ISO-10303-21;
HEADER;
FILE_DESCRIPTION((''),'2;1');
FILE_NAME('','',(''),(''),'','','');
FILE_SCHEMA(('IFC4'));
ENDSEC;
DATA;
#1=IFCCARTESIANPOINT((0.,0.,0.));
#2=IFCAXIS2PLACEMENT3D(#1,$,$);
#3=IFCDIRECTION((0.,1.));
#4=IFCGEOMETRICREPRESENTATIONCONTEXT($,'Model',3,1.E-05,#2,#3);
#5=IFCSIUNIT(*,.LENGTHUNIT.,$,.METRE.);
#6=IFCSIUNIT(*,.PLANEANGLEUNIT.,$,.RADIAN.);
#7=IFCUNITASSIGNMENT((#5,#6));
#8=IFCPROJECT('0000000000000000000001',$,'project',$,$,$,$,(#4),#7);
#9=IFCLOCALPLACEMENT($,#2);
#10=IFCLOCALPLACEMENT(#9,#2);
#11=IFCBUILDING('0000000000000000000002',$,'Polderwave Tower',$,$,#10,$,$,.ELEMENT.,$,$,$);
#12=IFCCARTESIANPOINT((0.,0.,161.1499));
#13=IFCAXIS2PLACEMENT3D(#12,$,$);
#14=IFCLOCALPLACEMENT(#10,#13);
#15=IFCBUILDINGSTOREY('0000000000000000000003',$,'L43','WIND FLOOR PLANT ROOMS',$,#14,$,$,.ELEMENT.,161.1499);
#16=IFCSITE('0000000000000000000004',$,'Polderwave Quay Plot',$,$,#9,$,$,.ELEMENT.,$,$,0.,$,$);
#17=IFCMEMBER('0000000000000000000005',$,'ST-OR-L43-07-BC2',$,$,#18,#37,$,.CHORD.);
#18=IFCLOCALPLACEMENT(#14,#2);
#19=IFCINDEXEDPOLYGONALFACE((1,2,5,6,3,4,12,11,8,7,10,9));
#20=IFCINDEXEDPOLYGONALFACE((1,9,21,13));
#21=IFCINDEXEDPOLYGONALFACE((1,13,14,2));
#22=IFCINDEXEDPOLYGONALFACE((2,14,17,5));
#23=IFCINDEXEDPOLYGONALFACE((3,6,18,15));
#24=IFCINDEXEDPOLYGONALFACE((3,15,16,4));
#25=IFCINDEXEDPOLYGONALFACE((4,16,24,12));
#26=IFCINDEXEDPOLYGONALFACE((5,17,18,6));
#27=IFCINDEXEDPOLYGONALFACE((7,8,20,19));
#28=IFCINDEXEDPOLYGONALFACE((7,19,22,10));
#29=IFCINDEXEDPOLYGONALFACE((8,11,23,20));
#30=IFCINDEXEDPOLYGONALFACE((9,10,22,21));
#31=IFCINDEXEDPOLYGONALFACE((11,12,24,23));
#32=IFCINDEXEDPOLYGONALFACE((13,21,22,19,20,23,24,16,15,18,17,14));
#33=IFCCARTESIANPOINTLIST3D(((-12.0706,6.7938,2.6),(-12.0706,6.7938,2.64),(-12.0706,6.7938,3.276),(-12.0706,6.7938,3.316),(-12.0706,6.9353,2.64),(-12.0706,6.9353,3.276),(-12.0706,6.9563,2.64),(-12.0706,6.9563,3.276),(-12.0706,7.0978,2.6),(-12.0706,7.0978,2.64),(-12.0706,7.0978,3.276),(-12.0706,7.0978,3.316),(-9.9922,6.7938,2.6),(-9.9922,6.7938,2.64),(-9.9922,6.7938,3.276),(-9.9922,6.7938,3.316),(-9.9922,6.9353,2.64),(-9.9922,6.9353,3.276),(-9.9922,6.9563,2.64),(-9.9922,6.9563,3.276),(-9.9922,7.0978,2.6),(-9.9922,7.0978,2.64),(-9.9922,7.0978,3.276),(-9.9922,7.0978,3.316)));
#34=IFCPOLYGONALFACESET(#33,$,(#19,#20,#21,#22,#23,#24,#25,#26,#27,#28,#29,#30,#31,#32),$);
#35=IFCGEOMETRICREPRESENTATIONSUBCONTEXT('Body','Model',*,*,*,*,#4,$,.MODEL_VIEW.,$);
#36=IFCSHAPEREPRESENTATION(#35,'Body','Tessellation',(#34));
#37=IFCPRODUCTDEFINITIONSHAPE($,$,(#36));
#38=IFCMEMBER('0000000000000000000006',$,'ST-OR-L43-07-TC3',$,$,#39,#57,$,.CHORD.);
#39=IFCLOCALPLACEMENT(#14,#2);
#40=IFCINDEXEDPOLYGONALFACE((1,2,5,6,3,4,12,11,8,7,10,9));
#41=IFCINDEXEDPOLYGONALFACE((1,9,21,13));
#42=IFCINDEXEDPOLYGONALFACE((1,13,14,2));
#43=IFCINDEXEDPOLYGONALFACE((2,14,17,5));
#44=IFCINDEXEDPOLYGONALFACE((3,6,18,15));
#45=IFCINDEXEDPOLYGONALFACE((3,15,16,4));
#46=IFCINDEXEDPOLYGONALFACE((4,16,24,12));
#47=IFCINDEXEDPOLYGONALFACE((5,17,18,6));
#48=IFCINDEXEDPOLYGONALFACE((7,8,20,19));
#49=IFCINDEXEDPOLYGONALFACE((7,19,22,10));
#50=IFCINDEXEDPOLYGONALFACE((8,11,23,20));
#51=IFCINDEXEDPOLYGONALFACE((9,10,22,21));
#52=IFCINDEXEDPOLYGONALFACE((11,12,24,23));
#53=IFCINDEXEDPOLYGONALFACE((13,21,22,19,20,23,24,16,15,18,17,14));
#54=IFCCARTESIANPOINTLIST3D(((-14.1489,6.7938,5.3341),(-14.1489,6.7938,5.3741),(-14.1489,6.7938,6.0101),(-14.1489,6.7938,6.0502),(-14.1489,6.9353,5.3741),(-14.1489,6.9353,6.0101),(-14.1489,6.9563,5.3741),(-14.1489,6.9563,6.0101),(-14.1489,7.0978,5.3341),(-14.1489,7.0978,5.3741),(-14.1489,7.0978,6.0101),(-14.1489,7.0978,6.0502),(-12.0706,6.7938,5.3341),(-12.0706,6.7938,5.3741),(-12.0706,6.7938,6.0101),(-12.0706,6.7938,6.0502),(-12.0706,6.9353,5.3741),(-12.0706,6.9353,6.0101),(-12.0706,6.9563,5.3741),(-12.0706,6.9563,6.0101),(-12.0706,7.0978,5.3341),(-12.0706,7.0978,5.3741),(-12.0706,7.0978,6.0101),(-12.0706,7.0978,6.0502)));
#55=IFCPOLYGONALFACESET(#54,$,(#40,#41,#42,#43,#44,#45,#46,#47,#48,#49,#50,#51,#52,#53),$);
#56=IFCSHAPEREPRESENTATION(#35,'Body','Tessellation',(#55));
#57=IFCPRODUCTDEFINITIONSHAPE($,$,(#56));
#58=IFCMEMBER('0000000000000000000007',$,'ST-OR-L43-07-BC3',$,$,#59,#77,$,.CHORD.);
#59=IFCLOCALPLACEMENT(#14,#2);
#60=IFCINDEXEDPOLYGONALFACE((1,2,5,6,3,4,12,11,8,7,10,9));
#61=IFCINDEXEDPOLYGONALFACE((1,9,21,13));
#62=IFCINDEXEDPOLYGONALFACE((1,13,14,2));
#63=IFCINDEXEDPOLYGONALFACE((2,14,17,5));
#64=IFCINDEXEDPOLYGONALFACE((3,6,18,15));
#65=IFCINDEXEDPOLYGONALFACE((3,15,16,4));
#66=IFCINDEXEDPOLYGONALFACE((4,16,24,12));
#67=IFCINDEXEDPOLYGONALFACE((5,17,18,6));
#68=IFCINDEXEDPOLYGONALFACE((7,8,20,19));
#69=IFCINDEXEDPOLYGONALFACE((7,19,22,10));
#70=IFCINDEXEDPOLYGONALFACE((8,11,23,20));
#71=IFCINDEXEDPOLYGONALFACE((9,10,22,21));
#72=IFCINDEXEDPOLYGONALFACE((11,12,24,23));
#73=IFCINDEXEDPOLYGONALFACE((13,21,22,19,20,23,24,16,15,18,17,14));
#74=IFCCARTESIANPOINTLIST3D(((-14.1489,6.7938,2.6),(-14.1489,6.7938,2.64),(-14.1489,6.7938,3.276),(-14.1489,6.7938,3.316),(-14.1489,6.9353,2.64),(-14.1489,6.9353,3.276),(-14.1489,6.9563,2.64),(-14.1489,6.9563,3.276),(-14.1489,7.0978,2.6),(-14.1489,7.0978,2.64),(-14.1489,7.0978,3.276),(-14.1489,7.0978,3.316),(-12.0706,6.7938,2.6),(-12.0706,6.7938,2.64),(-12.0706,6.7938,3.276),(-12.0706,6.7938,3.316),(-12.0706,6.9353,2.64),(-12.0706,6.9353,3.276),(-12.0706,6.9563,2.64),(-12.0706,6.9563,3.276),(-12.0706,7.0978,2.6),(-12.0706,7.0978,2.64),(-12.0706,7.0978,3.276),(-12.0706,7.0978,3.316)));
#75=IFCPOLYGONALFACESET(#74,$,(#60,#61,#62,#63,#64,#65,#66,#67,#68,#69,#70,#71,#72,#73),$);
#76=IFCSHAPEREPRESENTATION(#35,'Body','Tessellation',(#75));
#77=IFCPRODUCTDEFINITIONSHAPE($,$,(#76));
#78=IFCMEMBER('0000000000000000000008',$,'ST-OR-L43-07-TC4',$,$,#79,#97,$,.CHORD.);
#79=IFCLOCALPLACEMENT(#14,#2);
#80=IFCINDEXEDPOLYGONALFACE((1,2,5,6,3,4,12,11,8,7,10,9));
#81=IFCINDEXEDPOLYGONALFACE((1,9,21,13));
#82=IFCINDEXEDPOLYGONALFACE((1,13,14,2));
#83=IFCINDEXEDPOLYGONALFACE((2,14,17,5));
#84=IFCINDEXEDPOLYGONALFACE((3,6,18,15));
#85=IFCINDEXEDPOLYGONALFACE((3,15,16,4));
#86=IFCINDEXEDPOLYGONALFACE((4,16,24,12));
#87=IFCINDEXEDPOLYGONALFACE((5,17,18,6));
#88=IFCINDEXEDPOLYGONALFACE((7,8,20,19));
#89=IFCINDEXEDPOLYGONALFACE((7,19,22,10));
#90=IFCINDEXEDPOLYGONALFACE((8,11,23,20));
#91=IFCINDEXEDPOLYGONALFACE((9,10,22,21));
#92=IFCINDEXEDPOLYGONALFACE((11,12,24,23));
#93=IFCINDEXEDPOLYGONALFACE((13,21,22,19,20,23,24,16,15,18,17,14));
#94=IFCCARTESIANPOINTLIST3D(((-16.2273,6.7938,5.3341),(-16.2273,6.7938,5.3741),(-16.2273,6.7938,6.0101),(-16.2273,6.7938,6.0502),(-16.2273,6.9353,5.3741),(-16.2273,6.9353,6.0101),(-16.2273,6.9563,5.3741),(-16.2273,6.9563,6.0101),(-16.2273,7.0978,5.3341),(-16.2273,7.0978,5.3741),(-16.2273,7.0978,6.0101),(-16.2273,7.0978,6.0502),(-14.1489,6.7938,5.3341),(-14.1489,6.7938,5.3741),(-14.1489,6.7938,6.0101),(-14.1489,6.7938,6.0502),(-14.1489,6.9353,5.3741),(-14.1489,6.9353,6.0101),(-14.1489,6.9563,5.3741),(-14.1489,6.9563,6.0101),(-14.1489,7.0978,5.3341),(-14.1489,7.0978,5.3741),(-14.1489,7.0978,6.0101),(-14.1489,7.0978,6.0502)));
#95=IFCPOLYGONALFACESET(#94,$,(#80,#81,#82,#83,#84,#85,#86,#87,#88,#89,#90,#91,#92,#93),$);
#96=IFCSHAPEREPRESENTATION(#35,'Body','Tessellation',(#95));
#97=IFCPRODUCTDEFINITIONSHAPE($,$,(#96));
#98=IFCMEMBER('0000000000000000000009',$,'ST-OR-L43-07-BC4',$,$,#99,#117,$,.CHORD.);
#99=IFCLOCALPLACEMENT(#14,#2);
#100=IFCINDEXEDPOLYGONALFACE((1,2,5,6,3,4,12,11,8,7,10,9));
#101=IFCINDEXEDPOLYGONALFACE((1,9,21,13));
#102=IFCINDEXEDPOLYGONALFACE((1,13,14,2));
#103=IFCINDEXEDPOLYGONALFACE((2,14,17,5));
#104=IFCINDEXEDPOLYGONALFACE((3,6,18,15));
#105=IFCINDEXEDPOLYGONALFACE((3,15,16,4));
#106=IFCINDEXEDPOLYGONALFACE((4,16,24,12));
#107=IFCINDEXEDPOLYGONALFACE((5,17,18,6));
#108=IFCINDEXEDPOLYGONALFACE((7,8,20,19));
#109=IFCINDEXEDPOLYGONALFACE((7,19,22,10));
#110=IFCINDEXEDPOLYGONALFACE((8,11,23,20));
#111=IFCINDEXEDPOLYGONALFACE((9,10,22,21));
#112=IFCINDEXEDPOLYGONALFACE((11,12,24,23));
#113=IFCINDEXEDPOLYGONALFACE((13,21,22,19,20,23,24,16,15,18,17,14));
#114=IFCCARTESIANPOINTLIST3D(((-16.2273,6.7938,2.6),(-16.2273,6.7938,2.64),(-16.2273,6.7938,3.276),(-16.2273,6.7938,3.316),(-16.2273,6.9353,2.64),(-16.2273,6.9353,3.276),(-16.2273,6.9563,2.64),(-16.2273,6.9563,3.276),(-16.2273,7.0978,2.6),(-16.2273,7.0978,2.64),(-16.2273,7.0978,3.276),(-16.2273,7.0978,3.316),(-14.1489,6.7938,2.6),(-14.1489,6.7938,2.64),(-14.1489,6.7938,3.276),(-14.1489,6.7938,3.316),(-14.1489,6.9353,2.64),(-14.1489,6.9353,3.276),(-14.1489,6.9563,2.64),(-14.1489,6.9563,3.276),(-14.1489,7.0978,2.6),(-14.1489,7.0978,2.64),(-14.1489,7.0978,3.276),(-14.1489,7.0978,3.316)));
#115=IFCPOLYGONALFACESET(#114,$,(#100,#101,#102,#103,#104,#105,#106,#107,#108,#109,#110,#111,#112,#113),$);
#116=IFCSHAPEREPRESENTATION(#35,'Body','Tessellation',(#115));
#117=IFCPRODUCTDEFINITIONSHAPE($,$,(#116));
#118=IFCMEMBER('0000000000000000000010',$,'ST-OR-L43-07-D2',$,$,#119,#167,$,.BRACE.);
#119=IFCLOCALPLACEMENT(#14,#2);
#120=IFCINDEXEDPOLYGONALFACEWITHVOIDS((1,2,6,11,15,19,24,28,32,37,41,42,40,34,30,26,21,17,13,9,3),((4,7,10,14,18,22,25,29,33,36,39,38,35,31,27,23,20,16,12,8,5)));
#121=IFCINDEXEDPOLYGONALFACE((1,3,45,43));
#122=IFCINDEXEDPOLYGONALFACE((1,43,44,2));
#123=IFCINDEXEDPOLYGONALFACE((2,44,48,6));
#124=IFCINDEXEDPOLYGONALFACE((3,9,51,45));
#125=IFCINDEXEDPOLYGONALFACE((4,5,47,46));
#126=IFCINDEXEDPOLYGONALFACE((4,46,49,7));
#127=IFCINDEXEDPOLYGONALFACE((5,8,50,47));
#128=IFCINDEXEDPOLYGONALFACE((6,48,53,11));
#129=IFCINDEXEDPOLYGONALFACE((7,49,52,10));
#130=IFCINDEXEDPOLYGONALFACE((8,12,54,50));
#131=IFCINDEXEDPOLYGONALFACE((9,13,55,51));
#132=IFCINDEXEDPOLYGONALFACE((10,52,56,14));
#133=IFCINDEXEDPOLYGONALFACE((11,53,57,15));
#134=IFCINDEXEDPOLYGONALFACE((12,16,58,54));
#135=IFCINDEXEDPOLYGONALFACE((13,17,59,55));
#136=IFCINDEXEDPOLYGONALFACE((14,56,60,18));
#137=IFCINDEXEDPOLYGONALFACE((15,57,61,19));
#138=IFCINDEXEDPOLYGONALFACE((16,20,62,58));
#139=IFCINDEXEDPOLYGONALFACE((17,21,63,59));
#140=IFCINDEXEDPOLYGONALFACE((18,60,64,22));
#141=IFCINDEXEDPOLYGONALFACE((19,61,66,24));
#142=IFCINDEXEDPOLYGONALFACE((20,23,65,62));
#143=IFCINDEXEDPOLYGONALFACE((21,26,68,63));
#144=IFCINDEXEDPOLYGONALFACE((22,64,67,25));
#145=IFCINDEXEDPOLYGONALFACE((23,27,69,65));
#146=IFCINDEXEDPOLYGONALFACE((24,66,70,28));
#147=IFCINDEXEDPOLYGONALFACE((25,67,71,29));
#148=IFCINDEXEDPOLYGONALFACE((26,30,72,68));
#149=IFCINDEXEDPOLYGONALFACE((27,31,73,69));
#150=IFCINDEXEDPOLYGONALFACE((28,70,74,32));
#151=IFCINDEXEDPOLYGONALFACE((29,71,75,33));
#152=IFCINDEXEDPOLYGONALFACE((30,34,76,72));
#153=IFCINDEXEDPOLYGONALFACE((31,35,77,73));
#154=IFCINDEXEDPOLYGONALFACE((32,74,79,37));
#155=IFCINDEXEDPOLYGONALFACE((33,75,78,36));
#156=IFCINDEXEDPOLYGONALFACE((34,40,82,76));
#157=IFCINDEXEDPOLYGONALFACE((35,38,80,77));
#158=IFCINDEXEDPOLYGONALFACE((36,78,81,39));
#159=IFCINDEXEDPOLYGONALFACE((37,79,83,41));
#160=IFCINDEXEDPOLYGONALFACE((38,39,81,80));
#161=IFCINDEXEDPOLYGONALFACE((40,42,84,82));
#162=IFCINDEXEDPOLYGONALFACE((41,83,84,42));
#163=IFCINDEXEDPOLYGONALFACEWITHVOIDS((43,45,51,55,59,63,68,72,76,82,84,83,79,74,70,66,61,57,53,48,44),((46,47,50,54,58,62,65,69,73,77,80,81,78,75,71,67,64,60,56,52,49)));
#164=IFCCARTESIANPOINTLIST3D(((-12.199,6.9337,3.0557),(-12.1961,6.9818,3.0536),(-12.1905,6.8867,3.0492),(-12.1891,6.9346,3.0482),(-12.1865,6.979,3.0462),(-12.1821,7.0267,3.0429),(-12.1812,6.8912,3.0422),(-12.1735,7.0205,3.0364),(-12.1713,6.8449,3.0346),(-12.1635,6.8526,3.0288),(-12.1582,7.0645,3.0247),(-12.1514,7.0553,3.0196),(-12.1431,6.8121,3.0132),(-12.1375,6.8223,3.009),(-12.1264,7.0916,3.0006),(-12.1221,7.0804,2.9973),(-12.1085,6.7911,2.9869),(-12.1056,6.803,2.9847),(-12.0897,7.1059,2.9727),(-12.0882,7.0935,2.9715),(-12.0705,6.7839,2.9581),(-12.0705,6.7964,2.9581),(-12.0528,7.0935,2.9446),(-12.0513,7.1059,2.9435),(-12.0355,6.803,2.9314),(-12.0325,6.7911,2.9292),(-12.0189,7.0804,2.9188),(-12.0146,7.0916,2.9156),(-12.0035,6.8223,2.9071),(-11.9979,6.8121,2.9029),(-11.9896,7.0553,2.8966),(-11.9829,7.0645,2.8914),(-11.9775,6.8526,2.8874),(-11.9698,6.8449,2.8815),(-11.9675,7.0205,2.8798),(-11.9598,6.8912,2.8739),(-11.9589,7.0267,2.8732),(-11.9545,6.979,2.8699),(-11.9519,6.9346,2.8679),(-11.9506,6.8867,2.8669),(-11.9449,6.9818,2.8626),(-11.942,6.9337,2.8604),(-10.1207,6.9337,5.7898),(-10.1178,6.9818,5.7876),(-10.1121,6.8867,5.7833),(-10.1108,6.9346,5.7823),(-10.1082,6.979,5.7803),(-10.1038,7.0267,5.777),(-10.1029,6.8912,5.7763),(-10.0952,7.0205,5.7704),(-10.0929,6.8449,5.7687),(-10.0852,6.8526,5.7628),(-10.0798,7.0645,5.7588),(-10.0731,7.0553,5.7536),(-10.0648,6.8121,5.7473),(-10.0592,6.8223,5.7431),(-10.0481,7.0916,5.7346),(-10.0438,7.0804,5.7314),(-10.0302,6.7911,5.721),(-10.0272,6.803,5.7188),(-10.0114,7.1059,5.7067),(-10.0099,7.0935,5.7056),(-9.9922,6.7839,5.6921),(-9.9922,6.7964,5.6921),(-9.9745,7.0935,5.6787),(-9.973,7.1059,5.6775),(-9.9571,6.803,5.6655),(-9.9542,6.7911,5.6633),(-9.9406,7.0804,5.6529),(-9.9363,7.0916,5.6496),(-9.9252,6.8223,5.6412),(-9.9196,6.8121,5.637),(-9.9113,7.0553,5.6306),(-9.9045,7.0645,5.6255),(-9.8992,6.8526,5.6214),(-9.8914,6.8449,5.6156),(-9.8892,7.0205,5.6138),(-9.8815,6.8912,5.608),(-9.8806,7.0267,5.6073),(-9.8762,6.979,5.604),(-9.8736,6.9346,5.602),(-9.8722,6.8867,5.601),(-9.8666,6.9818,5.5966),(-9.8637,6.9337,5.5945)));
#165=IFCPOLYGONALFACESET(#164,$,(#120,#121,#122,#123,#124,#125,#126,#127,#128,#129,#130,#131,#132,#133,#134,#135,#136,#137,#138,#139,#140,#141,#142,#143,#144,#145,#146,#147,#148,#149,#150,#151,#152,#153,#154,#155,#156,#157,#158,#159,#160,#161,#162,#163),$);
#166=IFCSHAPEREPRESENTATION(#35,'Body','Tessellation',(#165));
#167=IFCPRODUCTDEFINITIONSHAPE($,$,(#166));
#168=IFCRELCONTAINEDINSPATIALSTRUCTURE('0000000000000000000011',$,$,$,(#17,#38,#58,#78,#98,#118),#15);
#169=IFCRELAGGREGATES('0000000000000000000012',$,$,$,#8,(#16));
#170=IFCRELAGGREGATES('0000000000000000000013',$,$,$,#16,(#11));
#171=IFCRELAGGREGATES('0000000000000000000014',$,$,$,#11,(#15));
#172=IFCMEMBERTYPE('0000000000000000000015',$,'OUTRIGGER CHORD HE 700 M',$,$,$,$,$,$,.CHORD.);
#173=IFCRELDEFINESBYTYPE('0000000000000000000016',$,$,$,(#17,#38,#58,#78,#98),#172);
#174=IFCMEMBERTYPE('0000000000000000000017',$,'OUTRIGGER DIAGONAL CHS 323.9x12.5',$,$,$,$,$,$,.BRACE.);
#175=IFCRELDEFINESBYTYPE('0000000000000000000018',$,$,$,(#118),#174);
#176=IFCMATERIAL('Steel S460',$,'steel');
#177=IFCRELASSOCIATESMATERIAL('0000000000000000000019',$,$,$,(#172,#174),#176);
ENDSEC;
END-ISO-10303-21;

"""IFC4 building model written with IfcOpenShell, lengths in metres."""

from ifc_helpers import new_model, si_unit, direction, frame, origin, origin_2d, place, context, subcontext, project, spatial, hollow_circle, i_section, extrude, material, material_profile, profile_set, type_object, element, save


model = new_model("IFC4")

# Units and contexts
model_context = context("Model", 3, precision=1e-05, world=origin(), true_north=direction((0.0, 1.0)))
body_context = subcontext(model_context, "Body", "Model", "MODEL_VIEW")
ifc_project = project(units=[si_unit("LENGTHUNIT", "METRE"), si_unit("PLANEANGLEUNIT", "RADIAN")], contexts=[model_context])

# Site, building, storey
site_placement = place(None, origin())
site = spatial("IfcSite", under=ifc_project, at=site_placement, Name="Polderwave Quay Plot", CompositionType="ELEMENT", RefElevation=0.0)
building_placement = place(site_placement, origin())
building = spatial("IfcBuilding", under=site, at=building_placement, Name="Polderwave Tower", CompositionType="ELEMENT")
storey_placement = place(building_placement, frame((0.0, 0.0, 161.1499)))
storey = spatial("IfcBuildingStorey", under=building, at=storey_placement, Name="L43", Description="WIND FLOOR PLANT ROOMS", CompositionType="ELEMENT", Elevation=161.1499)

# Members
ifc_material_1 = material(Name="Steel S460", Category="steel")
ifc_material_profile_1 = material_profile(ifc_material_1, i_section(OverallWidth=0.304, OverallDepth=0.7161, WebThickness=0.021, FlangeThickness=0.04, at=origin_2d()), Name="HE 700 M")
ifc_profile_set_1 = profile_set([ifc_material_profile_1], Name="Steel S460")
member_type_1 = type_object("IfcMemberType", Name="OUTRIGGER CHORD HE 700 M", PredefinedType="CHORD", material=ifc_profile_set_1)
for number, where, z_axis, x_axis, name in (
    (1, (-9.9922, 6.9458, 2.958), (-1.0, 0.0, 0.0), (0.0, -1.0, 0.0), "ST-OR-L43-07-BC2"),
    (2, (-12.0706, 6.9458, 5.6921), (-1.0, 0.0, 0.0), (0.0, -1.0, 0.0), "ST-OR-L43-07-TC3"),
    (3, (-12.0706, 6.9458, 2.958), (-1.0, 0.0, 0.0), (0.0, -1.0, 0.0), "ST-OR-L43-07-BC3"),
    (4, (-14.1489, 6.9458, 5.6921), (-1.0, 0.0, 0.0), (0.0, -1.0, 0.0), "ST-OR-L43-07-TC4"),
    (5, (-14.1489, 6.9458, 2.958), (-1.0, 0.0, 0.0), (0.0, -1.0, 0.0), "ST-OR-L43-07-BC4"),
):
    element("IfcMember", number, at=place(storey_placement, frame(where, z_axis=z_axis, x_axis=x_axis)), inside=storey, type_object=member_type_1, Name=name, PredefinedType="CHORD", context=body_context, shape_type="SweptSolid", body=[
        extrude(i_section(OverallWidth=0.304, OverallDepth=0.7161, WebThickness=0.021, FlangeThickness=0.04, at=origin_2d()), origin(), (0.0, 0.0, 1.0), 2.0784),
    ])
ifc_material_profile_2 = material_profile(ifc_material_1, hollow_circle(Radius=0.1619, WallThickness=0.0125, at=origin_2d()), Name="CHS 323.9x12.5")
ifc_profile_set_2 = profile_set([ifc_material_profile_2], Name="Steel S460")
member_type_2 = type_object("IfcMemberType", Name="OUTRIGGER DIAGONAL CHS 323.9x12.5", PredefinedType="BRACE", material=ifc_profile_set_2)
for number, where, z_axis, x_axis, name in (
    (6, (-9.9922, 6.9458, 5.6921), (-0.605163, 0.0, -0.796102), (0.0, -1.0, 0.0), "ST-OR-L43-07-D2"),
):
    element("IfcMember", number, at=place(storey_placement, frame(where, z_axis=z_axis, x_axis=x_axis)), inside=storey, type_object=member_type_2, Name=name, PredefinedType="BRACE", context=body_context, shape_type="SweptSolid", body=[
        extrude(hollow_circle(Radius=0.1619, WallThickness=0.0125, at=origin_2d()), origin(), (0.0, 0.0, 1.0), 3.4343),
    ])

save(model, "model.ifc")
